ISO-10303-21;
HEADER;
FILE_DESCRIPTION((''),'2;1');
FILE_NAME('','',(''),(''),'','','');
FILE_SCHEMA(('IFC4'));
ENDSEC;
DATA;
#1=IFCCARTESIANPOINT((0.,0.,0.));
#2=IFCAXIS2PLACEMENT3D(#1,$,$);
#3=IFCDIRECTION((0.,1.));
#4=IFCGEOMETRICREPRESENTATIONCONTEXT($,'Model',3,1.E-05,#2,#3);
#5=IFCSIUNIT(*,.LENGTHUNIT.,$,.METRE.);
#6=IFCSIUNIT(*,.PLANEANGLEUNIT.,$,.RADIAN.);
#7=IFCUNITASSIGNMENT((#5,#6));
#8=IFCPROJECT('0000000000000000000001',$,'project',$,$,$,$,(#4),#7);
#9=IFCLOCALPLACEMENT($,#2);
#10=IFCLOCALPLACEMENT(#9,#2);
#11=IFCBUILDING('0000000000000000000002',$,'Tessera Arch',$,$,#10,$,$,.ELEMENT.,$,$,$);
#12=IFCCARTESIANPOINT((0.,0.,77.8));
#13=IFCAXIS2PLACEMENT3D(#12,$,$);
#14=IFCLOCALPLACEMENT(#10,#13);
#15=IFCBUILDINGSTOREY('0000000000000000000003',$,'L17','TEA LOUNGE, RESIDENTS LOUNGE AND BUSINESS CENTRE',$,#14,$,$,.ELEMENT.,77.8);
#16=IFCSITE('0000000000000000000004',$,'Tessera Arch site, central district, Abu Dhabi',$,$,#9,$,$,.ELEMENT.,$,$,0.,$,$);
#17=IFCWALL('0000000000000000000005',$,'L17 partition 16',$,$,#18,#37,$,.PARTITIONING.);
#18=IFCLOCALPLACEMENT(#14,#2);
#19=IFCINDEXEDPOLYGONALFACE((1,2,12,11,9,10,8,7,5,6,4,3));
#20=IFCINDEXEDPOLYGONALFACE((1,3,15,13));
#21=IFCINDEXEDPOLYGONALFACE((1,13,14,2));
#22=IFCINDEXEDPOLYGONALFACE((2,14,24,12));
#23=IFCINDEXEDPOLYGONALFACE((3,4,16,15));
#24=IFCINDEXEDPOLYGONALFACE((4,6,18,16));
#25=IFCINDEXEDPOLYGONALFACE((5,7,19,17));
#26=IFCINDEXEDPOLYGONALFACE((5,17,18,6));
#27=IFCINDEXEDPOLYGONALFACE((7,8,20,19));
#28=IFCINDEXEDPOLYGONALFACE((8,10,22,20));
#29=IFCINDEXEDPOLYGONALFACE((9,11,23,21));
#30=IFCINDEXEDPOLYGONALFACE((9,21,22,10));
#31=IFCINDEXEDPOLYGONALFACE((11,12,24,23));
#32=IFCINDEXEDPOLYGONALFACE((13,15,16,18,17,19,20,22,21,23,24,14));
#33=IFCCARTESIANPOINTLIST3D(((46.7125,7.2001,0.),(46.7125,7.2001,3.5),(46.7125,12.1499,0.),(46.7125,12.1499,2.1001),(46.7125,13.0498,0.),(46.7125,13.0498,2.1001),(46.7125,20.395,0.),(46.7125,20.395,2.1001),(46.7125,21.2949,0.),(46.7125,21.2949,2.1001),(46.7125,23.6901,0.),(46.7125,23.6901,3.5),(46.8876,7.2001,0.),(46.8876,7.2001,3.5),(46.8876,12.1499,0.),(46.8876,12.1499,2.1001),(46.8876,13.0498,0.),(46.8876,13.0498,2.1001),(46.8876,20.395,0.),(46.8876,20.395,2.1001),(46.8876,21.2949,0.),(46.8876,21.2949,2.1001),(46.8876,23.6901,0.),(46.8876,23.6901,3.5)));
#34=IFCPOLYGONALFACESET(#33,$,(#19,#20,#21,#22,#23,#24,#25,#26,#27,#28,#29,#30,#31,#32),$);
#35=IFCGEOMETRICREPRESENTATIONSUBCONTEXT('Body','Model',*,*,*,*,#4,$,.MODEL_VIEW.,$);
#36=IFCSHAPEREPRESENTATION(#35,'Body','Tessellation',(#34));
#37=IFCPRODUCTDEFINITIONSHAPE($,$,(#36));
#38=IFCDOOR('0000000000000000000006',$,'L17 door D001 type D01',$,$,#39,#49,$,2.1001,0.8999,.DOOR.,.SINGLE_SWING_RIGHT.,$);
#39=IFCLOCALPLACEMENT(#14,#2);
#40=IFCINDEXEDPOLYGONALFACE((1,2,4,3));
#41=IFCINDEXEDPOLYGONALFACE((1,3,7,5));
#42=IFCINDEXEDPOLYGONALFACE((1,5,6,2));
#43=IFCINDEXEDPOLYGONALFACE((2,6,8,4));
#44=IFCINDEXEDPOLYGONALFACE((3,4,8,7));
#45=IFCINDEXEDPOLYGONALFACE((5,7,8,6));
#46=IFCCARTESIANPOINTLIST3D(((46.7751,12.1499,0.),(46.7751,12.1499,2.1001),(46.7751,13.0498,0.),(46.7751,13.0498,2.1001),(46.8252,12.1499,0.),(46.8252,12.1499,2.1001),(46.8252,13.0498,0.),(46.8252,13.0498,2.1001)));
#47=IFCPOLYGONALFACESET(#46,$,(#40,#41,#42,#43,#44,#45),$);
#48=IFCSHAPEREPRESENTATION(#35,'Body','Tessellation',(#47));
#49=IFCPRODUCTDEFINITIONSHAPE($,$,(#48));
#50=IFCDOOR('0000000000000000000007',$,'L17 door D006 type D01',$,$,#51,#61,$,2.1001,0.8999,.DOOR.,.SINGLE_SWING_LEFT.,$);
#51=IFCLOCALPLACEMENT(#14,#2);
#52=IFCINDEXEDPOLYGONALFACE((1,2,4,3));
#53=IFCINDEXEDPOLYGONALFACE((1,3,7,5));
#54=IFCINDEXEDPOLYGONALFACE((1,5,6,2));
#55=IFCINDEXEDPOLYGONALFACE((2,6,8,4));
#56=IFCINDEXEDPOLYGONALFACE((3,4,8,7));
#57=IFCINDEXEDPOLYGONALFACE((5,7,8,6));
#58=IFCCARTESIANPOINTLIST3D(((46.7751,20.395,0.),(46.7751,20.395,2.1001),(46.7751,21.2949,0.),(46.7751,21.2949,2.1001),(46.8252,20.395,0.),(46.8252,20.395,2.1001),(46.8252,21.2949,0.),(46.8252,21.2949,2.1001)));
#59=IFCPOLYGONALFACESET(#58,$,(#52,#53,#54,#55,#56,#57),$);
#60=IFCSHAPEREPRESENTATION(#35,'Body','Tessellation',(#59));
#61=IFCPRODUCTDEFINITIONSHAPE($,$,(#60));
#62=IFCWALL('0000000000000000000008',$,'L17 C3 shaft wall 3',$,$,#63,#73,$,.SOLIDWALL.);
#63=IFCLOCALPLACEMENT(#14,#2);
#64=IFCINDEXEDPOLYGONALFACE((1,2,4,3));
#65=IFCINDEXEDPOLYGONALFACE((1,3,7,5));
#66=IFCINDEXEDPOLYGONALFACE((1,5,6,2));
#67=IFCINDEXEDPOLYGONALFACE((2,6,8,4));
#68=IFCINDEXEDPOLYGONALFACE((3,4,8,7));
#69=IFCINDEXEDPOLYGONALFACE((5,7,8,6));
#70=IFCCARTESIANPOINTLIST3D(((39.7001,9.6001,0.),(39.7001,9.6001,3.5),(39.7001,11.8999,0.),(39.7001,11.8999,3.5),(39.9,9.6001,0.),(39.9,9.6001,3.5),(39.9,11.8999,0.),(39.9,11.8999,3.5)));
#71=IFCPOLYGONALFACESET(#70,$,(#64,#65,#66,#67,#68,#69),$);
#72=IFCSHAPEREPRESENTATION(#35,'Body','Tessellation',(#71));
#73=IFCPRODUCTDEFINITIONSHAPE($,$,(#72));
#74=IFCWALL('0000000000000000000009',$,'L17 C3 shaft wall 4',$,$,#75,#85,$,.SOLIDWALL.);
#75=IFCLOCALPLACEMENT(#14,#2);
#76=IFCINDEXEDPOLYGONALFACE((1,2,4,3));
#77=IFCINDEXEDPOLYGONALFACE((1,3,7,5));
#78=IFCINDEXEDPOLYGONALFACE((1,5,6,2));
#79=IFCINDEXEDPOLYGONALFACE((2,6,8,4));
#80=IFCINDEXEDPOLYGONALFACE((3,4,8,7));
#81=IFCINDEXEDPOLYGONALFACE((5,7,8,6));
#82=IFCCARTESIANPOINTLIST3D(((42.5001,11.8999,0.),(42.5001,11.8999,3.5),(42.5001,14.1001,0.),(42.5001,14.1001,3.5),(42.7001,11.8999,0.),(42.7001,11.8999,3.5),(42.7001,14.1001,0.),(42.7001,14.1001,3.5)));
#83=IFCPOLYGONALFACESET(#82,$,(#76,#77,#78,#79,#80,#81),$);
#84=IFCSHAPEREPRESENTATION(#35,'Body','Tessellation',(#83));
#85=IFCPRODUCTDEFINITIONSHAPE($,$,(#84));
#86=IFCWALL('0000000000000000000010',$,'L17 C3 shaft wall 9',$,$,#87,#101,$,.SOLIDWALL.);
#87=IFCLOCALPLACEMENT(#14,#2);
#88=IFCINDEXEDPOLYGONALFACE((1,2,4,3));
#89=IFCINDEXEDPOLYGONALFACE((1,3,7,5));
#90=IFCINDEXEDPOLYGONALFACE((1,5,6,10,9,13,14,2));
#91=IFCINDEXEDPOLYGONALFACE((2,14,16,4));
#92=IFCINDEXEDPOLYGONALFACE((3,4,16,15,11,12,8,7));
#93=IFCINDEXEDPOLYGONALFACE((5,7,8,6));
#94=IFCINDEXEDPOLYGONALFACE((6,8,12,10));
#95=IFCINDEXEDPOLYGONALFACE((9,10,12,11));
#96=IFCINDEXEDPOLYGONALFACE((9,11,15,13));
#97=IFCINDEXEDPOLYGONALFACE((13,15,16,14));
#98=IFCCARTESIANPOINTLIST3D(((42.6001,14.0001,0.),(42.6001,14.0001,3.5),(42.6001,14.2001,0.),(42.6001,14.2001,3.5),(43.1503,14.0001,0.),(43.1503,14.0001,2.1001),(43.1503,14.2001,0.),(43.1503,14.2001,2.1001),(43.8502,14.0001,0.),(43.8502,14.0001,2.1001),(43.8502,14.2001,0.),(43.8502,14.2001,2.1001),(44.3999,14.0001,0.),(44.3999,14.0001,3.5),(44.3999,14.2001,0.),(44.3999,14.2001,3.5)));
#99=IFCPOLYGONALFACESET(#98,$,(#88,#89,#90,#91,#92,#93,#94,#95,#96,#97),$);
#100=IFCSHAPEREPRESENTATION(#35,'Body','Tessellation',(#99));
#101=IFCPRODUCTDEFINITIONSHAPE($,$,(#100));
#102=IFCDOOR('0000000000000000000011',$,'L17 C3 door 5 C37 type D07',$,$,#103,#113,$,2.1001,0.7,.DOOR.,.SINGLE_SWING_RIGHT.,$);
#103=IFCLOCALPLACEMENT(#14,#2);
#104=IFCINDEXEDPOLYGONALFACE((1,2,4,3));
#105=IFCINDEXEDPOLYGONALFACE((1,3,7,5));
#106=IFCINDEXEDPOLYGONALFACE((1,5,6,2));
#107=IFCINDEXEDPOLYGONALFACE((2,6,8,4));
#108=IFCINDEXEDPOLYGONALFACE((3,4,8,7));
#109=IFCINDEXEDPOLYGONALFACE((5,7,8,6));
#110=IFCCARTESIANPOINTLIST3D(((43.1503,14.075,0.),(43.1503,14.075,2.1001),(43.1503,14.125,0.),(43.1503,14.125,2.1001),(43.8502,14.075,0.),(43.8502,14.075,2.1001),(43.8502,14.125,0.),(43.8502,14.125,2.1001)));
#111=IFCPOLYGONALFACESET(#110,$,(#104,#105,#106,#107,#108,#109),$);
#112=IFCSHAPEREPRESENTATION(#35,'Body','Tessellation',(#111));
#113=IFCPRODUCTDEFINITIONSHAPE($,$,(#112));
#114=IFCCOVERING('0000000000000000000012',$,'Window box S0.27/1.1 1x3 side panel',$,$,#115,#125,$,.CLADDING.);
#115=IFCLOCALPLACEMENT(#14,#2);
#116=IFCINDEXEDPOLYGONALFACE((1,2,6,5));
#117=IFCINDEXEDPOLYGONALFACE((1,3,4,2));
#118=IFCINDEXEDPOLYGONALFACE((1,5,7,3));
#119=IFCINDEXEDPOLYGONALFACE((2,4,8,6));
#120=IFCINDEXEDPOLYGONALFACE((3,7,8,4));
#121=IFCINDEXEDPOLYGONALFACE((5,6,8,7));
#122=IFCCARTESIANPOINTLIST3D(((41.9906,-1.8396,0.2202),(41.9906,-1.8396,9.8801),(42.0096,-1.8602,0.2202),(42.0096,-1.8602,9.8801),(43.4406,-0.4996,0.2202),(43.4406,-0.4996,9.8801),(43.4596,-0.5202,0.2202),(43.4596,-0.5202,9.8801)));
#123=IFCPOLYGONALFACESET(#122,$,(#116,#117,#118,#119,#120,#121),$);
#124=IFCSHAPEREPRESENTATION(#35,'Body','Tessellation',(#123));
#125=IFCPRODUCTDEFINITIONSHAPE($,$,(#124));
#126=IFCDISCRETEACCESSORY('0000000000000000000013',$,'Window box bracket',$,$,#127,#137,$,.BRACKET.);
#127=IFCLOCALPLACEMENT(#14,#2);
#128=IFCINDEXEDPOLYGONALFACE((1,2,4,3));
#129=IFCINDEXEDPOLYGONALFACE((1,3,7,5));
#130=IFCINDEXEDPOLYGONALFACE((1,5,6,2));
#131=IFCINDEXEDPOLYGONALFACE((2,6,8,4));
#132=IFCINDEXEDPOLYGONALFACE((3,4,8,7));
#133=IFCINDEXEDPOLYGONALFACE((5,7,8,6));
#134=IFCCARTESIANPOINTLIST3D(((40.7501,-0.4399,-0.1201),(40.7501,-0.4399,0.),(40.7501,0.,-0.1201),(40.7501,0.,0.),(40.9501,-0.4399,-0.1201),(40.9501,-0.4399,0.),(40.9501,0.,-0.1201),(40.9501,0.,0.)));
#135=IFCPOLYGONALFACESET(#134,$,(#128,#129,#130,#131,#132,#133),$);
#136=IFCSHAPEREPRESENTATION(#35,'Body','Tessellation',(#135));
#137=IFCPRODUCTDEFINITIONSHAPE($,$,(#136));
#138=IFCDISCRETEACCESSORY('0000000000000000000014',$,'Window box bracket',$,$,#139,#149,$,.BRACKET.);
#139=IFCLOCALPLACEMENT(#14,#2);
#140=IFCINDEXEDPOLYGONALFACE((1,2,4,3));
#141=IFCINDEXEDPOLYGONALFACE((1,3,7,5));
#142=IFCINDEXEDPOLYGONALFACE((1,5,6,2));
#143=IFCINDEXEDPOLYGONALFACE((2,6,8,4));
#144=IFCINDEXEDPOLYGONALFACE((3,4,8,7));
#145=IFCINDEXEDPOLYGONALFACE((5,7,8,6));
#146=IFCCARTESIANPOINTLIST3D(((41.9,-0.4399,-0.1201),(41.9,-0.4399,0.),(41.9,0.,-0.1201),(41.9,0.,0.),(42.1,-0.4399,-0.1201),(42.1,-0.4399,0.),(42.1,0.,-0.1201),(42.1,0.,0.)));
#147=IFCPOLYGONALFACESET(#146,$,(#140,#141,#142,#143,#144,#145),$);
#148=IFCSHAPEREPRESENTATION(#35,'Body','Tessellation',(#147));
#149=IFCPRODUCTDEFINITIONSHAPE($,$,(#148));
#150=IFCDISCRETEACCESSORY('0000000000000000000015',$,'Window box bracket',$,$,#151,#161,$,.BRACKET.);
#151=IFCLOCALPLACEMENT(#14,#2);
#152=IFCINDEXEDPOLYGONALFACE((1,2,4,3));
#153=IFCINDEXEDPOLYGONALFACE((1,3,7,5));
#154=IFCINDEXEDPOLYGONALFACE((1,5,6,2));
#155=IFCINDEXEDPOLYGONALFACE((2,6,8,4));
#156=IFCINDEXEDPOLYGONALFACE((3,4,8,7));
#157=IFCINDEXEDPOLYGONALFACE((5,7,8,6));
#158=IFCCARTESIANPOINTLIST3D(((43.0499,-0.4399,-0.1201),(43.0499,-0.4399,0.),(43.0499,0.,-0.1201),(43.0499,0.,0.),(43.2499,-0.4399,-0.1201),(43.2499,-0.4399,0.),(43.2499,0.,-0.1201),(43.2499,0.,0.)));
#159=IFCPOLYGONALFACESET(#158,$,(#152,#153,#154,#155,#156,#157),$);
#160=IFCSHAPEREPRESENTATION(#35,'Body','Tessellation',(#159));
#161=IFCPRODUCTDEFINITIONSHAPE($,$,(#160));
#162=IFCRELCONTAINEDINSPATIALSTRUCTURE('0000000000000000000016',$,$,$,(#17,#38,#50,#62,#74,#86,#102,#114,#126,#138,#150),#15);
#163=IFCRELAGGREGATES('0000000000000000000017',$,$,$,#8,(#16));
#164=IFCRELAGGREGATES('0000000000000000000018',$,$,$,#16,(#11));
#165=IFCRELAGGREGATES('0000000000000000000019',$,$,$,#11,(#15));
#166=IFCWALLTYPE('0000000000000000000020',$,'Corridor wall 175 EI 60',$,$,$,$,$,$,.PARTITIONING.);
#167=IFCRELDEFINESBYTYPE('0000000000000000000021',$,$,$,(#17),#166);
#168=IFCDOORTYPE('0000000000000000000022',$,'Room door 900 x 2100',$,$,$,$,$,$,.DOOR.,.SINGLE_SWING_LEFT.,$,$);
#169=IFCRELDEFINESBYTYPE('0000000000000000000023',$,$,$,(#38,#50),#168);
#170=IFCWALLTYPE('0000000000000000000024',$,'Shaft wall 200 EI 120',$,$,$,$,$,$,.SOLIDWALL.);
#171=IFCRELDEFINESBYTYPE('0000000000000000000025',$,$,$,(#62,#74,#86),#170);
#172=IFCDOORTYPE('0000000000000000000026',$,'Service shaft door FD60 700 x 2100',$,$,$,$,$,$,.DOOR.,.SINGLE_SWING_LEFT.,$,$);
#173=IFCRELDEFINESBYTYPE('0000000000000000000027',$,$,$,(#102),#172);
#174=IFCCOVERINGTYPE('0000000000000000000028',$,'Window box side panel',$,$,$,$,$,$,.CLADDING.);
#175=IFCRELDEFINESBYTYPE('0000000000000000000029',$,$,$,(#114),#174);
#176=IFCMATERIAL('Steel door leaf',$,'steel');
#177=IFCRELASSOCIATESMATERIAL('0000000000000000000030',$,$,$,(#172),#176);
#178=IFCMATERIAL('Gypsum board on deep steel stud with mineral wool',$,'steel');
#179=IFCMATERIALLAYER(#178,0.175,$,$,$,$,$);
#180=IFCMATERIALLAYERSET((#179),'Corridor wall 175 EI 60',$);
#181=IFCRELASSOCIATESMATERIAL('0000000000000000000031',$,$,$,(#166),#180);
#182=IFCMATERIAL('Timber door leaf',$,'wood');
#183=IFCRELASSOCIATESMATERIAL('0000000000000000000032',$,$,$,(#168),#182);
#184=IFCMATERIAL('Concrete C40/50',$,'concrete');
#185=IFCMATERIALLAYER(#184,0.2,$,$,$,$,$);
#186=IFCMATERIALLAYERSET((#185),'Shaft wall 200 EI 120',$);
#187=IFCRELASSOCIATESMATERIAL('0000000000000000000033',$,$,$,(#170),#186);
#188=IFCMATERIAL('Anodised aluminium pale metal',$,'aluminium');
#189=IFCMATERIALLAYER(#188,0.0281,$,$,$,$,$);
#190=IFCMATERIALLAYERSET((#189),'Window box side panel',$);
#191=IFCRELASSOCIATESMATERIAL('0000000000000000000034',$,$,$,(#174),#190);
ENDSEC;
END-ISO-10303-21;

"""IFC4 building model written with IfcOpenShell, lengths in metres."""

from ifc_helpers import new_model, si_unit, direction, frame, frame_2d, origin, origin_2d, place, context, subcontext, project, spatial, rectangle, extrude, material, layer, layer_set, type_object, element, fill, save


model = new_model("IFC4")

# Units and contexts
model_context = context("Model", 3, precision=1e-05, world=origin(), true_north=direction((0.0, 1.0)))
body_context = subcontext(model_context, "Body", "Model", "MODEL_VIEW")
ifc_project = project(units=[si_unit("LENGTHUNIT", "METRE"), si_unit("PLANEANGLEUNIT", "RADIAN")], contexts=[model_context])

# Site, building, storey
site_placement = place(None, origin())
site = spatial("IfcSite", under=ifc_project, at=site_placement, Name="Tessera Arch site, central district, Abu Dhabi", CompositionType="ELEMENT", RefElevation=0.0)
building_placement = place(site_placement, origin())
building = spatial("IfcBuilding", under=site, at=building_placement, Name="Tessera Arch", CompositionType="ELEMENT")
storey_placement = place(building_placement, frame((0.0, 0.0, 77.8)))
storey = spatial("IfcBuildingStorey", under=building, at=storey_placement, Name="L17", Description="TEA LOUNGE, RESIDENTS LOUNGE AND BUSINESS CENTRE", CompositionType="ELEMENT", Elevation=77.8)

# Shared definitions
ifc_material_1 = material(Name="Steel door leaf", Category="steel")
door_type_1 = type_object("IfcDoorType", Name="Service shaft door FD60 700 x 2100", OperationType="SINGLE_SWING_LEFT", PredefinedType="DOOR", material=ifc_material_1)

# Wall, openings, doors
ifc_material_2 = material(Name="Gypsum board on deep steel stud with mineral wool", Category="steel")
ifc_layer_1 = layer(ifc_material_2, 0.175)
ifc_layer_set_1 = layer_set([ifc_layer_1], Name="Corridor wall 175 EI 60")
wall_type_1 = type_object("IfcWallType", Name="Corridor wall 175 EI 60", PredefinedType="PARTITIONING", material=ifc_layer_set_1)
wall_1_placement = place(storey_placement, frame((46.8, 7.2, 0.0), z_axis=(0.0, 0.0, 1.0), x_axis=(0.0, 1.0, 0.0)))
wall_1 = element("IfcWall", 1, at=wall_1_placement, inside=storey, type_object=wall_type_1, Name="L17 partition 16", PredefinedType="PARTITIONING", context=body_context, shape_type="SweptSolid", body=[
    extrude(rectangle(XDim=16.49, YDim=0.175, at=frame_2d((8.2451, 0.0))), origin(), (0.0, 0.0, 1.0), 3.5),
])
opening_1_placement = place(wall_1_placement, frame((4.95, 0.0, 0.0)))
opening_1 = element("IfcOpeningElement", 2, at=opening_1_placement, cuts=wall_1, PredefinedType="OPENING", context=body_context, shape_type="SweptSolid", body=[
    extrude(rectangle(XDim=0.8999, YDim=2.1001, at=frame_2d((0.45, 1.05))), frame((0.0, 0.0974, 0.0), z_axis=(0.0, -1.0, 0.0), x_axis=(1.0, 0.0, 0.0)), (0.0, 0.0, 1.0), 0.1951),
])
opening_2_placement = place(wall_1_placement, frame((13.1951, 0.0, 0.0)))
opening_2 = element("IfcOpeningElement", 3, at=opening_2_placement, cuts=wall_1, PredefinedType="OPENING", context=body_context, shape_type="SweptSolid", body=[
    extrude(rectangle(XDim=0.8999, YDim=2.1001, at=frame_2d((0.45, 1.05))), frame((0.0, 0.0974, 0.0), z_axis=(0.0, -1.0, 0.0), x_axis=(1.0, 0.0, 0.0)), (0.0, 0.0, 1.0), 0.1951),
])
ifc_material_3 = material(Name="Timber door leaf", Category="wood")
door_type_2 = type_object("IfcDoorType", Name="Room door 900 x 2100", OperationType="SINGLE_SWING_LEFT", PredefinedType="DOOR", material=ifc_material_3)
door_1_placement = place(opening_1_placement, origin())
door_1 = element("IfcDoor", 4, at=door_1_placement, inside=storey, type_object=door_type_2, Name="L17 door D001 type D01", OperationType="SINGLE_SWING_RIGHT", OverallHeight=2.1001, OverallWidth=0.8999, PredefinedType="DOOR", context=body_context, shape_type="SweptSolid", body=[
    extrude(rectangle(XDim=0.8999, YDim=2.1001, at=frame_2d((0.45, 1.05))), frame((0.0, 0.0249, 0.0), z_axis=(0.0, -1.0, 0.0), x_axis=(1.0, 0.0, 0.0)), (0.0, 0.0, 1.0), 0.05),
])
fill(opening_1, door_1)
door_2_placement = place(opening_2_placement, origin())
door_2 = element("IfcDoor", 5, at=door_2_placement, inside=storey, type_object=door_type_2, Name="L17 door D006 type D01", OperationType="SINGLE_SWING_LEFT", OverallHeight=2.1001, OverallWidth=0.8999, PredefinedType="DOOR", context=body_context, shape_type="SweptSolid", body=[
    extrude(rectangle(XDim=0.8999, YDim=2.1001, at=frame_2d((0.45, 1.05))), frame((0.0, 0.0249, 0.0), z_axis=(0.0, -1.0, 0.0), x_axis=(1.0, 0.0, 0.0)), (0.0, 0.0, 1.0), 0.05),
])
fill(opening_2, door_2)

# Walls
ifc_material_4 = material(Name="Concrete C40/50", Category="concrete")
ifc_layer_2 = layer(ifc_material_4, 0.2)
ifc_layer_set_2 = layer_set([ifc_layer_2], Name="Shaft wall 200 EI 120")
wall_type_2 = type_object("IfcWallType", Name="Shaft wall 200 EI 120", PredefinedType="SOLIDWALL", material=ifc_layer_set_2)
wall_2_placement = place(storey_placement, frame((39.8, 9.6001, 0.0), z_axis=(0.0, 0.0, 1.0), x_axis=(0.0, 1.0, 0.0)))
element("IfcWall", 6, at=wall_2_placement, inside=storey, type_object=wall_type_2, Name="L17 C3 shaft wall 3", PredefinedType="SOLIDWALL", context=body_context, shape_type="SweptSolid", body=[
    extrude(rectangle(XDim=2.2998, YDim=0.2, at=frame_2d((1.1499, 0.0))), origin(), (0.0, 0.0, 1.0), 3.5),
])
wall_3_placement = place(storey_placement, frame((42.6001, 11.8999, 0.0), z_axis=(0.0, 0.0, 1.0), x_axis=(0.0, 1.0, 0.0)))
element("IfcWall", 7, at=wall_3_placement, inside=storey, type_object=wall_type_2, Name="L17 C3 shaft wall 4", PredefinedType="SOLIDWALL", context=body_context, shape_type="SweptSolid", body=[
    extrude(rectangle(XDim=2.2002, YDim=0.2, at=frame_2d((1.1001, 0.0))), origin(), (0.0, 0.0, 1.0), 3.5),
])

# Wall, opening, door
wall_4_placement = place(storey_placement, frame((42.6001, 14.1001, 0.0), z_axis=(0.0, 0.0, 1.0), x_axis=(1.0, 0.0, 0.0)))
wall_4 = element("IfcWall", 8, at=wall_4_placement, inside=storey, type_object=wall_type_2, Name="L17 C3 shaft wall 9", PredefinedType="SOLIDWALL", context=body_context, shape_type="SweptSolid", body=[
    extrude(rectangle(XDim=1.7998, YDim=0.2, at=frame_2d((0.8999, 0.0))), origin(), (0.0, 0.0, 1.0), 3.5),
])
opening_3_placement = place(wall_4_placement, frame((0.55, 0.0, 0.0)))
opening_3 = element("IfcOpeningElement", 9, at=opening_3_placement, cuts=wall_4, PredefinedType="OPENING", context=body_context, shape_type="SweptSolid", body=[
    extrude(rectangle(XDim=0.7, YDim=2.1001, at=frame_2d((0.3501, 1.05))), frame((0.0, 0.1099, 0.0), z_axis=(0.0, -1.0, 0.0), x_axis=(1.0, 0.0, 0.0)), (0.0, 0.0, 1.0), 0.22),
])
door_3_placement = place(opening_3_placement, origin())
door_3 = element("IfcDoor", 10, at=door_3_placement, inside=storey, type_object=door_type_1, Name="L17 C3 door 5 C37 type D07", OperationType="SINGLE_SWING_RIGHT", OverallHeight=2.1001, OverallWidth=0.7, PredefinedType="DOOR", context=body_context, shape_type="SweptSolid", body=[
    extrude(rectangle(XDim=0.7, YDim=2.1001, at=frame_2d((0.3501, 1.05))), frame((0.0, 0.0249, 0.0), z_axis=(0.0, -1.0, 0.0), x_axis=(1.0, 0.0, 0.0)), (0.0, 0.0, 1.0), 0.05),
])
fill(opening_3, door_3)

# Covering
ifc_material_5 = material(Name="Anodised aluminium pale metal", Category="aluminium")
ifc_layer_3 = layer(ifc_material_5, 0.0281)
ifc_layer_set_3 = layer_set([ifc_layer_3], Name="Window box side panel")
covering_type = type_object("IfcCoveringType", Name="Window box side panel", PredefinedType="CLADDING", material=ifc_layer_set_3)
covering_placement = place(storey_placement, frame((42.7251, -1.1799, 0.2202), z_axis=(0.0, 0.0, 1.0), x_axis=(-0.734415, -0.678701, 0.0)))
element("IfcCovering", 11, at=covering_placement, inside=storey, type_object=covering_type, Name="Window box S0.27/1.1 1x3 side panel", PredefinedType="CLADDING", context=body_context, shape_type="SweptSolid", body=[
    extrude(rectangle(XDim=1.9744, YDim=0.0281, at=origin_2d()), origin(), (0.0, 0.0, 1.0), 9.6599),
])

# Discrete accessories
for number, where, z_axis, x_axis, name in (
    (12, (40.8501, -0.22, -0.1201), (0.0, 0.0, 1.0), (0.0, -1.0, 0.0), "Window box bracket"),
    (13, (42.0, -0.22, -0.1201), (0.0, 0.0, 1.0), (0.0, -1.0, 0.0), "Window box bracket"),
    (14, (43.1499, -0.22, -0.1201), (0.0, 0.0, 1.0), (0.0, -1.0, 0.0), "Window box bracket"),
):
    element("IfcDiscreteAccessory", number, at=place(storey_placement, frame(where, z_axis=z_axis, x_axis=x_axis)), inside=storey, Name=name, PredefinedType="BRACKET", context=body_context, shape_type="SweptSolid", body=[
        extrude(rectangle(XDim=0.4399, YDim=0.2, at=origin_2d()), origin(), (0.0, 0.0, 1.0), 0.1201),
    ])

save(model, "model.ifc")
